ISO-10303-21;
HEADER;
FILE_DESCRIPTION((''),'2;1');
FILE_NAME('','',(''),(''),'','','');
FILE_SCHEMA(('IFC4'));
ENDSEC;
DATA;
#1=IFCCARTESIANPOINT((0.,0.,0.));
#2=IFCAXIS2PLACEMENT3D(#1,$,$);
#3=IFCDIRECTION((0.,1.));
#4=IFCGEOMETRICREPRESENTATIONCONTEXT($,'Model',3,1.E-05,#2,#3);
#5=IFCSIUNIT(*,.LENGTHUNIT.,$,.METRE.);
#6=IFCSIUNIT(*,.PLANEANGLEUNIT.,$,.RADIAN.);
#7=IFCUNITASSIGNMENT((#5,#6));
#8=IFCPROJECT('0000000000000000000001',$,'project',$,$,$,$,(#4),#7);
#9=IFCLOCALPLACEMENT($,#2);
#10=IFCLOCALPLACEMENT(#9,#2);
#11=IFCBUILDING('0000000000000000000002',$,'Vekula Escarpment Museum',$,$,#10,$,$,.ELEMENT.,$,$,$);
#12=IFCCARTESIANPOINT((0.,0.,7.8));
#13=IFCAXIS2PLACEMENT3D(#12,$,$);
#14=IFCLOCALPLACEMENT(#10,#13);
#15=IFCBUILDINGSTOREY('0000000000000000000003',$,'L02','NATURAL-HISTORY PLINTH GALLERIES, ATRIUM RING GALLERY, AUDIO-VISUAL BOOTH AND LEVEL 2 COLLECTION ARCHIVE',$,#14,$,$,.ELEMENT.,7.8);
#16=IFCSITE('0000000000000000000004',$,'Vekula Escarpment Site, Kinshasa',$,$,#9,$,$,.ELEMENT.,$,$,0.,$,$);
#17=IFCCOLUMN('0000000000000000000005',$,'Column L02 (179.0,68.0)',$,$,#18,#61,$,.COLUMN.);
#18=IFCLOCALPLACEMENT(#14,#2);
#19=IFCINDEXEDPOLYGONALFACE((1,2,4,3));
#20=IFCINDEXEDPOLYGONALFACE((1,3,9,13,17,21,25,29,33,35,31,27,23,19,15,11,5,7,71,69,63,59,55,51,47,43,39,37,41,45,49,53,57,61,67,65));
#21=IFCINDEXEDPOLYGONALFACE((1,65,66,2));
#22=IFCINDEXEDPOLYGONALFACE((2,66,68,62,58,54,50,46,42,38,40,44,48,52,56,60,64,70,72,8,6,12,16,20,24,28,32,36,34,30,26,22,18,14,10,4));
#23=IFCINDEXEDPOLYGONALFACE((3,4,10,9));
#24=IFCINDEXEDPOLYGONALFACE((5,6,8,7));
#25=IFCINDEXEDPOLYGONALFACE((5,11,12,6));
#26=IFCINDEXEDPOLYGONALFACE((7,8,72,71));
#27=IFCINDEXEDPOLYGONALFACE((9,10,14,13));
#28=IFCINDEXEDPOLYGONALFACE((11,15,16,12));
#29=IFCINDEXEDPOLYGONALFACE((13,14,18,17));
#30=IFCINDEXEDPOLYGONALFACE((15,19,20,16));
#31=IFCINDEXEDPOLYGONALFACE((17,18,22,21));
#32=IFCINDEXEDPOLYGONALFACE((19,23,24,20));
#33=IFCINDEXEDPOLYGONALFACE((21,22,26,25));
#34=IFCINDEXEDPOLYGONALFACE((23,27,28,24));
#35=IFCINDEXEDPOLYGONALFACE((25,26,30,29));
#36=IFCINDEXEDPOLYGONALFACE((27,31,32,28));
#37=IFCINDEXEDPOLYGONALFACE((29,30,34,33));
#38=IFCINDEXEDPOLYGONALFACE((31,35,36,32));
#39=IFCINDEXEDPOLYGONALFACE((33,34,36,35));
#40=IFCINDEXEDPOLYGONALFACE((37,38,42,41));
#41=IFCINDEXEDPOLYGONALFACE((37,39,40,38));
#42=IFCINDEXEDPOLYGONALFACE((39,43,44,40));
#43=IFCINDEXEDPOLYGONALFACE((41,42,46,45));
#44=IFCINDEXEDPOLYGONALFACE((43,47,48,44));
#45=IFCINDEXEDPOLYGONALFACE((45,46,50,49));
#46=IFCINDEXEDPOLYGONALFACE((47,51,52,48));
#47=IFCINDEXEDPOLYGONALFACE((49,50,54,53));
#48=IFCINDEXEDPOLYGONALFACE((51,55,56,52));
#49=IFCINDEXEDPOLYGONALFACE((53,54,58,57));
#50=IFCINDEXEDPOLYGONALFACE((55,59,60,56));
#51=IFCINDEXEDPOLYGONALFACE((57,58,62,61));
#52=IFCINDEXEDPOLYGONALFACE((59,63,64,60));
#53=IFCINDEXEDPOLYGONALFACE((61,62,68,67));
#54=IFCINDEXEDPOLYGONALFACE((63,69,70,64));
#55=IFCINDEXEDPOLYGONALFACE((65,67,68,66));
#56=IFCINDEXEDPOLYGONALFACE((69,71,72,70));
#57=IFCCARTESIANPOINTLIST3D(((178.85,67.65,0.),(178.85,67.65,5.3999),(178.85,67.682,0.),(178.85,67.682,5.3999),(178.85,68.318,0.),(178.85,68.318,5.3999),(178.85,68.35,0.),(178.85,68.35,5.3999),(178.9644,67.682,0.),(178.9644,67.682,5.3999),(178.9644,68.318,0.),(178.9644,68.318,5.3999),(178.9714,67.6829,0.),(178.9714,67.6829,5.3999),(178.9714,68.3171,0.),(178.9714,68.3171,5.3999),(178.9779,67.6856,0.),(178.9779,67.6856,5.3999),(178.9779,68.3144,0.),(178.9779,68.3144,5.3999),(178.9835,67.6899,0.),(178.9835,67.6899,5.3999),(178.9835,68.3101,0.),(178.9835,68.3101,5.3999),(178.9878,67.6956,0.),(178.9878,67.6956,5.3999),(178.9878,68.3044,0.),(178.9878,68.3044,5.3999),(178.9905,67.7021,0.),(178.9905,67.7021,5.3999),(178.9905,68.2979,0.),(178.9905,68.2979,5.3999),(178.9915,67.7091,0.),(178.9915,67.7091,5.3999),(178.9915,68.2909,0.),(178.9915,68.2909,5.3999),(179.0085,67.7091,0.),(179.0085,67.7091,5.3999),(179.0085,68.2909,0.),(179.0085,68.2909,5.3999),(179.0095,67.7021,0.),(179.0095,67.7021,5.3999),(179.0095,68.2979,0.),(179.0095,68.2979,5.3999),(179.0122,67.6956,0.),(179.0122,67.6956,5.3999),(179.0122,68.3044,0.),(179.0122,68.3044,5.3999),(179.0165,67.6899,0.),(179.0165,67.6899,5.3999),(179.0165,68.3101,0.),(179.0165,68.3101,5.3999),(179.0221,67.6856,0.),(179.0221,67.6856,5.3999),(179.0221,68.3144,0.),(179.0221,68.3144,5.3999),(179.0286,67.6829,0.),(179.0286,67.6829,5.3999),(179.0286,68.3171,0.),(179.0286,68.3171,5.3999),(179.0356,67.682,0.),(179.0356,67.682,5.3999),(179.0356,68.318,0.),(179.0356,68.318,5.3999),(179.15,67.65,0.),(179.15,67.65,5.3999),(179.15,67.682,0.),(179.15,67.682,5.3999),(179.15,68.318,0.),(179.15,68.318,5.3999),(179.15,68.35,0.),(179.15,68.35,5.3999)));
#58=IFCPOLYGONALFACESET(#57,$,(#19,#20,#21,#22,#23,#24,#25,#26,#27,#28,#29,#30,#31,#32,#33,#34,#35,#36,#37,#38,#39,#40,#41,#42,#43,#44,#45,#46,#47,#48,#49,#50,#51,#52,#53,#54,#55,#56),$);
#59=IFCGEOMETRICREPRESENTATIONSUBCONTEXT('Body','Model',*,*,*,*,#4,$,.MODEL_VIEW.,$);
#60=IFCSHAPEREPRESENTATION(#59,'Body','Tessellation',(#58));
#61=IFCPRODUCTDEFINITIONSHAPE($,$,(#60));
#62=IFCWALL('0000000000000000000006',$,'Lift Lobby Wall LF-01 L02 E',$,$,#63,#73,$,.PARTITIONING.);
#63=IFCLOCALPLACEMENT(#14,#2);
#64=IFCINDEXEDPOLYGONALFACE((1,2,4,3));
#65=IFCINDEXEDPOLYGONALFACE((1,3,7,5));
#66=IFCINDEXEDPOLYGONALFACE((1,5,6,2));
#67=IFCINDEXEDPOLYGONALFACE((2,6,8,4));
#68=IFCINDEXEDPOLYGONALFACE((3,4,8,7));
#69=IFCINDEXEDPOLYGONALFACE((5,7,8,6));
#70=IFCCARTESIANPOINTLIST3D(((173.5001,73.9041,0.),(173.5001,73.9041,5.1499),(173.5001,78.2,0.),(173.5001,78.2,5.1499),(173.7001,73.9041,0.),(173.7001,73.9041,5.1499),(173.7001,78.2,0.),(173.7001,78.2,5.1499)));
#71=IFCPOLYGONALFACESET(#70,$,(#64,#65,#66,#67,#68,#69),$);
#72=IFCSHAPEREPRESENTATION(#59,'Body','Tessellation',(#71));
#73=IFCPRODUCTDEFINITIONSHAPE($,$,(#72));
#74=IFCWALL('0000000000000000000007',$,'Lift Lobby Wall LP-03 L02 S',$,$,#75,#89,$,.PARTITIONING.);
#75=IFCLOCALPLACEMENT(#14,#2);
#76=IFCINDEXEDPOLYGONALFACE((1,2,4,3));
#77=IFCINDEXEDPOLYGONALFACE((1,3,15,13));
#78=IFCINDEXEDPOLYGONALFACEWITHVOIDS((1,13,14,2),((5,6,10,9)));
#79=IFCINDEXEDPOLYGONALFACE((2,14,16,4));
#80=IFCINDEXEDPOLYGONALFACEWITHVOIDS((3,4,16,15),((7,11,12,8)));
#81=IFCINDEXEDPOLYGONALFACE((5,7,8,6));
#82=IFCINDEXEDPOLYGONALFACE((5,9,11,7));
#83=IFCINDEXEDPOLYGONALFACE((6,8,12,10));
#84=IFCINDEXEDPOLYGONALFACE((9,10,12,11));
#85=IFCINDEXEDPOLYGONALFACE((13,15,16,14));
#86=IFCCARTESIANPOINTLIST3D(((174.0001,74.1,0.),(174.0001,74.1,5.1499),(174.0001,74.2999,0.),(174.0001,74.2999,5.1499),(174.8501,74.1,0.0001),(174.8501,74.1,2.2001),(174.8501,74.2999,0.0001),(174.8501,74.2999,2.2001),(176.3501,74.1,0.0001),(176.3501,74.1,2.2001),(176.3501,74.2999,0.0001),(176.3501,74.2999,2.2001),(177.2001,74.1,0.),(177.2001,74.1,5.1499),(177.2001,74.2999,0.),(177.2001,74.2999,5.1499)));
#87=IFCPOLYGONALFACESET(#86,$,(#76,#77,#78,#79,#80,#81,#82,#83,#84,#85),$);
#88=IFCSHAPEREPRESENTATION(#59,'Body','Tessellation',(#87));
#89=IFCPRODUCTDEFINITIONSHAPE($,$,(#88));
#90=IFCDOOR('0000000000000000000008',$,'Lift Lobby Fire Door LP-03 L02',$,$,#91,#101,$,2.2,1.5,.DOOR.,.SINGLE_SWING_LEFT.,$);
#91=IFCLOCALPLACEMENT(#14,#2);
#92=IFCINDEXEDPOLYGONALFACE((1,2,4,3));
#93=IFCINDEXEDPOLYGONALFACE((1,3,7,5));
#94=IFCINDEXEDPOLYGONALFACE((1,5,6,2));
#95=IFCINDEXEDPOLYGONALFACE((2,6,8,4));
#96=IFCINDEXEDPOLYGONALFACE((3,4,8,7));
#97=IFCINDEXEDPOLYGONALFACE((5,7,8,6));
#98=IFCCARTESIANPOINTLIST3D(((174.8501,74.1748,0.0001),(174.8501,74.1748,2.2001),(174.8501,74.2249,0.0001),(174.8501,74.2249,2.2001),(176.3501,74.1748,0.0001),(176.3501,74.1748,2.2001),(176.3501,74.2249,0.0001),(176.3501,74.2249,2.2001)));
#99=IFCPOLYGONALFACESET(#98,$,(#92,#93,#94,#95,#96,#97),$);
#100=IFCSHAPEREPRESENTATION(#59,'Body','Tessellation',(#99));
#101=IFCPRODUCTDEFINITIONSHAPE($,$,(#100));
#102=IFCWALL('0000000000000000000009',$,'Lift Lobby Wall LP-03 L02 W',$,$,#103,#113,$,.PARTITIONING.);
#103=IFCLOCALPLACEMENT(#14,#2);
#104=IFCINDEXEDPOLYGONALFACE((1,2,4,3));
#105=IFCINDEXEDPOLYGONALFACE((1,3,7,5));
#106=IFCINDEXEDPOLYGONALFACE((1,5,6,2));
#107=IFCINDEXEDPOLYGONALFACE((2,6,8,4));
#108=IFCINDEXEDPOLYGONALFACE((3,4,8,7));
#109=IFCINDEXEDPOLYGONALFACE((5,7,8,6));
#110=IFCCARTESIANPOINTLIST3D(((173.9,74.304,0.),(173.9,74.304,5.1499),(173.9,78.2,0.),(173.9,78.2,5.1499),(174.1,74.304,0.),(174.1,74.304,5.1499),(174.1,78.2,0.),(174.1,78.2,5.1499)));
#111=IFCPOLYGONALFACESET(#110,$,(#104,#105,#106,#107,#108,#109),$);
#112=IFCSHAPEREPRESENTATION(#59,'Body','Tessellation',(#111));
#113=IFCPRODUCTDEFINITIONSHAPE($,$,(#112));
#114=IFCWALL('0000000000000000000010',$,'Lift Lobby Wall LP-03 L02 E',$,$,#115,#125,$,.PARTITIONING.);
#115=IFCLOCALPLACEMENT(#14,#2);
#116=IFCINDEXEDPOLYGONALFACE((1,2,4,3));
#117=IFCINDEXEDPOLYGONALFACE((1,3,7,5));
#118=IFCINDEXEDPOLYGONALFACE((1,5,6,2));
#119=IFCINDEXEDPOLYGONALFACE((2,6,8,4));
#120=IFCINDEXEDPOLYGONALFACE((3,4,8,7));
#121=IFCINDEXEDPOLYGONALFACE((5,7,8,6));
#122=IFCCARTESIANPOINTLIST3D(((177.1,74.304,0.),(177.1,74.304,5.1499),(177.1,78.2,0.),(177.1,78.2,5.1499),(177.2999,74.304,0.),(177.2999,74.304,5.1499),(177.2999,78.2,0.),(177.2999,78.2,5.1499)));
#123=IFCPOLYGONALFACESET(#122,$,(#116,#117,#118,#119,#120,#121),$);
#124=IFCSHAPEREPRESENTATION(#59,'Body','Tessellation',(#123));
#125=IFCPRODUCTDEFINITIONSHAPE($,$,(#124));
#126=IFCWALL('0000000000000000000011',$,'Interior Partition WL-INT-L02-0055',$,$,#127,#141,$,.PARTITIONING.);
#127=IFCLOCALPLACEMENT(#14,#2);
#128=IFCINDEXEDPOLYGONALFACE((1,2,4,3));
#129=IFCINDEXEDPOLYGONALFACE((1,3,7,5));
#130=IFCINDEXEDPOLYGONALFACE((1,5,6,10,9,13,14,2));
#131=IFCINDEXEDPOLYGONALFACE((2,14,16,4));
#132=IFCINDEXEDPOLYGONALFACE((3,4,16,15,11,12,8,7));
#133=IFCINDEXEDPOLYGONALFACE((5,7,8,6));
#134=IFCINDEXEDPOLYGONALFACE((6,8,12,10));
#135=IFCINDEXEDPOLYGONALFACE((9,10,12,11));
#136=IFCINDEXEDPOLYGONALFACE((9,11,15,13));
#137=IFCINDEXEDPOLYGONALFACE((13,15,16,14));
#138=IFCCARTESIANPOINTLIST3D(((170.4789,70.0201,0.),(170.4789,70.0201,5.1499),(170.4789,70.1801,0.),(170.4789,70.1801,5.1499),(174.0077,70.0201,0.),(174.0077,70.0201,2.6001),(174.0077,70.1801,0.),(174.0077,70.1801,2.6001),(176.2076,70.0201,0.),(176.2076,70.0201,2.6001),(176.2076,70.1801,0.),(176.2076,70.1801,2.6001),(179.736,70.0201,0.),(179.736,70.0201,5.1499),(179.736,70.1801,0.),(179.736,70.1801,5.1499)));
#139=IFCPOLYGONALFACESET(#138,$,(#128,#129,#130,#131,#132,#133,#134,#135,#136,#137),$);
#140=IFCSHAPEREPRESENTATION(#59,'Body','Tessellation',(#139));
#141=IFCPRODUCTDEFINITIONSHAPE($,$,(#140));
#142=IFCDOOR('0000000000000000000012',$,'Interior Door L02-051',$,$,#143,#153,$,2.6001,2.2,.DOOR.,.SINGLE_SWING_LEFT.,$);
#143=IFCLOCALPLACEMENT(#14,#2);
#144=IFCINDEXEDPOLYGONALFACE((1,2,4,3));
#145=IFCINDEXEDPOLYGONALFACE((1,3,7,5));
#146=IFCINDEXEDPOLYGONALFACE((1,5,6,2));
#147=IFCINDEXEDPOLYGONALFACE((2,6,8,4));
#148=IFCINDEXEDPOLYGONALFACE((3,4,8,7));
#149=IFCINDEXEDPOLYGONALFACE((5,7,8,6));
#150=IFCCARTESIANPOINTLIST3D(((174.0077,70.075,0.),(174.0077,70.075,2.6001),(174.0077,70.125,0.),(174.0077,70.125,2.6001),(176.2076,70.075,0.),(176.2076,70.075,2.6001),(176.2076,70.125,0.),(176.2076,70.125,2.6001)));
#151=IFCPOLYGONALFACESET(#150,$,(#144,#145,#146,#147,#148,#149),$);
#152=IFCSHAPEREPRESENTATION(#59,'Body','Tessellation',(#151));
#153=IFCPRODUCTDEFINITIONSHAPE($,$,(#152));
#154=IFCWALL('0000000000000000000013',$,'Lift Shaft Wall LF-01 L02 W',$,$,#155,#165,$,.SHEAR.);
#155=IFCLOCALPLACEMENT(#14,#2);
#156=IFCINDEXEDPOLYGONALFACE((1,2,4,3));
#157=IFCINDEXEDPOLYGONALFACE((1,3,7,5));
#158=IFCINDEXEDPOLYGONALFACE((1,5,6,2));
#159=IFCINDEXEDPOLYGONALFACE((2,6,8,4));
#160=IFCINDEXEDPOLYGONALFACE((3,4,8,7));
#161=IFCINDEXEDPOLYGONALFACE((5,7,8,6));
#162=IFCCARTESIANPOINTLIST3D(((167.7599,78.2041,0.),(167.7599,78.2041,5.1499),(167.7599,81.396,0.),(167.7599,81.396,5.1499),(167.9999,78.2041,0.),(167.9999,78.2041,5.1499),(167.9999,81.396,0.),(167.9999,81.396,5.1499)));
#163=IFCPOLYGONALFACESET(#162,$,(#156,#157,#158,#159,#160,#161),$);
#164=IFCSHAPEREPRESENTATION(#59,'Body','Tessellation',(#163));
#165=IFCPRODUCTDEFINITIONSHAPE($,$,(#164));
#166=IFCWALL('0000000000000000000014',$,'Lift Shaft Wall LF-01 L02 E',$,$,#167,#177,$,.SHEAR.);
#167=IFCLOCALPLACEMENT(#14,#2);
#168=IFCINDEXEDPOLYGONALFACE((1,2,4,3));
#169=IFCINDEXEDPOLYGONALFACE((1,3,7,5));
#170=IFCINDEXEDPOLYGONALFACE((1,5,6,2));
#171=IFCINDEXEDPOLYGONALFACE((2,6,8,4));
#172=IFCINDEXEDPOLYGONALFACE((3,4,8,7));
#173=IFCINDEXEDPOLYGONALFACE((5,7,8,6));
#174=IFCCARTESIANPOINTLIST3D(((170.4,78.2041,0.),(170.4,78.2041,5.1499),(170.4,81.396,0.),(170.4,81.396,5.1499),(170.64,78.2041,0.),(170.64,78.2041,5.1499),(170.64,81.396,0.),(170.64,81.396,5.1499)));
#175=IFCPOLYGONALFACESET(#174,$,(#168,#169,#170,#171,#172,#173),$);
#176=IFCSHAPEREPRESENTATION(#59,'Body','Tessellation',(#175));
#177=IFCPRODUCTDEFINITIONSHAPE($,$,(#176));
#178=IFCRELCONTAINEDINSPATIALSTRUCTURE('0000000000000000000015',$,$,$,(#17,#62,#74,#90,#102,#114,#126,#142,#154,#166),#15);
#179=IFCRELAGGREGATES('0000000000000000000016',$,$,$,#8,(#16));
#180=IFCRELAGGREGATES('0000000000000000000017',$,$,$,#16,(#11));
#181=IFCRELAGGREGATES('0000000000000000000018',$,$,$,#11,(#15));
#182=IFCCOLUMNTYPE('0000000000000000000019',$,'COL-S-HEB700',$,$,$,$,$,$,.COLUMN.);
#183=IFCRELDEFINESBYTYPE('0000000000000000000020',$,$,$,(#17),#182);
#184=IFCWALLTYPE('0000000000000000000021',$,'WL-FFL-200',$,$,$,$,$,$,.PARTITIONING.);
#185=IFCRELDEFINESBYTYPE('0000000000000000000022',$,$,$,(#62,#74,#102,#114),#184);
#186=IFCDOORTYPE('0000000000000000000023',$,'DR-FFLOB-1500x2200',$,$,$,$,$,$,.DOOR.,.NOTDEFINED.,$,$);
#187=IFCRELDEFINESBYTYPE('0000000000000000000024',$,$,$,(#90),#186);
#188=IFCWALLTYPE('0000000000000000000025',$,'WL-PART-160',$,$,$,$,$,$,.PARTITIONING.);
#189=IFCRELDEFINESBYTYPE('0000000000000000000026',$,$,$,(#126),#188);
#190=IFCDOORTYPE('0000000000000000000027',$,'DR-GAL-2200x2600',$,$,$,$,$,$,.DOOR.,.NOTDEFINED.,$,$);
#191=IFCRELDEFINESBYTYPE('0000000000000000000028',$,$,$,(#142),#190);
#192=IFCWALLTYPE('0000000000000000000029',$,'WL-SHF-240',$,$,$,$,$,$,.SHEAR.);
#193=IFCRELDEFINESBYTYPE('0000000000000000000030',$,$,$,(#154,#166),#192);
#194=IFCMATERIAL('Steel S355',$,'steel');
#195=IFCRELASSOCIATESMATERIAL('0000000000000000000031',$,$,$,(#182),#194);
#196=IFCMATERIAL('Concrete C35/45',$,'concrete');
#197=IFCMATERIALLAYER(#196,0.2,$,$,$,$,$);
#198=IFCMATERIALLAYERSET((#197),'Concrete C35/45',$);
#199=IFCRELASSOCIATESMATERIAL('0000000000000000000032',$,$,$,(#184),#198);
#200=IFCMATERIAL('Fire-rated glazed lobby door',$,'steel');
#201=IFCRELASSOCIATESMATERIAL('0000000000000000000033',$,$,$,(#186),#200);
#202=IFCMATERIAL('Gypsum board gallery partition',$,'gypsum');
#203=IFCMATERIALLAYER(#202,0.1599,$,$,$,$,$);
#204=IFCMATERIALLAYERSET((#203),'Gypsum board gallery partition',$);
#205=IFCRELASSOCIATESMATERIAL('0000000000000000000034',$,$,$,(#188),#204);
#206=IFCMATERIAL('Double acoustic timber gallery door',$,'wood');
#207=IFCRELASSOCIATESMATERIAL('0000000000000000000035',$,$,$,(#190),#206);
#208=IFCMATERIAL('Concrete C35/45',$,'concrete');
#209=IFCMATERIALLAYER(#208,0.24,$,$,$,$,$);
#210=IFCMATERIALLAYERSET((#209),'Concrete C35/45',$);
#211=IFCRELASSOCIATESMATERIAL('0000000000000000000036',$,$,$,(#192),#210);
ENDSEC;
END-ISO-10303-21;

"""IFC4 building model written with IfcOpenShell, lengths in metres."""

from ifc_helpers import new_model, si_unit, direction, frame, frame_2d, origin, origin_2d, place, context, subcontext, project, spatial, rectangle, i_section, extrude, material, layer, layer_set, material_profile, profile_set, type_object, element, fill, save


model = new_model("IFC4")

# Units and contexts
model_context = context("Model", 3, precision=1e-05, world=origin(), true_north=direction((0.0, 1.0)))
body_context = subcontext(model_context, "Body", "Model", "MODEL_VIEW")
ifc_project = project(units=[si_unit("LENGTHUNIT", "METRE"), si_unit("PLANEANGLEUNIT", "RADIAN")], contexts=[model_context])

# Site, building, storey
site_placement = place(None, origin())
site = spatial("IfcSite", under=ifc_project, at=site_placement, Name="Vekula Escarpment Site, Kinshasa", CompositionType="ELEMENT", RefElevation=0.0)
building_placement = place(site_placement, origin())
building = spatial("IfcBuilding", under=site, at=building_placement, Name="Vekula Escarpment Museum", CompositionType="ELEMENT")
storey_placement = place(building_placement, frame((0.0, 0.0, 7.8)))
storey = spatial("IfcBuildingStorey", under=building, at=storey_placement, Name="L02", Description="NATURAL-HISTORY PLINTH GALLERIES, ATRIUM RING GALLERY, AUDIO-VISUAL BOOTH AND LEVEL 2 COLLECTION ARCHIVE", CompositionType="ELEMENT", Elevation=7.8)

# Column
ifc_material_1 = material(Name="Steel S355", Category="steel")
ifc_material_profile = material_profile(ifc_material_1, i_section(OverallWidth=0.3, OverallDepth=0.7, WebThickness=0.0171, FlangeThickness=0.032, FilletRadius=0.0271, at=origin_2d()), Name="HEB 700")
ifc_profile_set = profile_set([ifc_material_profile], Name="Steel S355")
column_type = type_object("IfcColumnType", Name="COL-S-HEB700", PredefinedType="COLUMN", material=ifc_profile_set)
column_placement = place(storey_placement, frame((179.0, 68.0, 0.0), z_axis=(0.0, 0.0, 1.0), x_axis=(1.0, 0.0, 0.0)))
element("IfcColumn", 1, at=column_placement, inside=storey, type_object=column_type, Name="Column L02 (179.0,68.0)", PredefinedType="COLUMN", context=body_context, shape_type="SweptSolid", body=[
    extrude(i_section(OverallWidth=0.3, OverallDepth=0.7, WebThickness=0.0171, FlangeThickness=0.032, FilletRadius=0.0271, at=origin_2d()), origin(), (0.0, 0.0, 1.0), 5.3999),
])

# Wall
ifc_material_2 = material(Name="Concrete C35/45", Category="concrete")
ifc_layer_1 = layer(ifc_material_2, 0.2)
ifc_layer_set_1 = layer_set([ifc_layer_1], Name="Concrete C35/45")
wall_type_1 = type_object("IfcWallType", Name="WL-FFL-200", PredefinedType="PARTITIONING", material=ifc_layer_set_1)
wall_1_placement = place(storey_placement, frame((173.6001, 73.9041, 0.0), z_axis=(0.0, 0.0, 1.0), x_axis=(0.0, 1.0, 0.0)))
element("IfcWall", 2, at=wall_1_placement, inside=storey, type_object=wall_type_1, Name="Lift Lobby Wall LF-01 L02 E", PredefinedType="PARTITIONING", context=body_context, shape_type="SweptSolid", body=[
    extrude(rectangle(XDim=4.2959, YDim=0.2, at=frame_2d((2.1479, 0.0))), origin(), (0.0, 0.0, 1.0), 5.1499),
])

# Wall, opening, door
wall_2_placement = place(storey_placement, frame((174.0, 74.2, 0.0), z_axis=(0.0, 0.0, 1.0), x_axis=(1.0, 0.0, 0.0)))
wall_2 = element("IfcWall", 3, at=wall_2_placement, inside=storey, type_object=wall_type_1, Name="Lift Lobby Wall LP-03 L02 S", PredefinedType="PARTITIONING", context=body_context, shape_type="SweptSolid", body=[
    extrude(rectangle(XDim=3.2, YDim=0.2, at=frame_2d((1.6001, 0.0))), origin(), (0.0, 0.0, 1.0), 5.1499),
])
opening_1_placement = place(wall_2_placement, frame((0.8501, 0.0, 0.0)))
opening_1 = element("IfcOpeningElement", 4, at=opening_1_placement, cuts=wall_2, PredefinedType="OPENING", context=body_context, shape_type="SweptSolid", body=[
    extrude(rectangle(XDim=1.5, YDim=2.2, at=frame_2d((0.75, 1.1001))), frame((0.0, 0.1099, 0.0), z_axis=(0.0, -1.0, 0.0), x_axis=(1.0, 0.0, 0.0)), (0.0, 0.0, 1.0), 0.22),
])
ifc_material_3 = material(Name="Fire-rated glazed lobby door", Category="steel")
door_type_1 = type_object("IfcDoorType", Name="DR-FFLOB-1500x2200", OperationType="NOTDEFINED", PredefinedType="DOOR", material=ifc_material_3)
door_1_placement = place(opening_1_placement, origin())
door_1 = element("IfcDoor", 5, at=door_1_placement, inside=storey, type_object=door_type_1, Name="Lift Lobby Fire Door LP-03 L02", OperationType="SINGLE_SWING_LEFT", OverallHeight=2.2, OverallWidth=1.5, PredefinedType="DOOR", context=body_context, shape_type="SweptSolid", body=[
    extrude(rectangle(XDim=1.5, YDim=2.2, at=frame_2d((0.75, 1.1001))), frame((0.0, 0.0249, 0.0), z_axis=(0.0, -1.0, 0.0), x_axis=(1.0, 0.0, 0.0)), (0.0, 0.0, 1.0), 0.05),
])
fill(opening_1, door_1)

# Walls
for number, where, z_axis, x_axis, name in (
    (6, (174.0, 74.304, 0.0), (0.0, 0.0, 1.0), (0.0, 1.0, 0.0), "Lift Lobby Wall LP-03 L02 W"),
    (7, (177.2, 74.304, 0.0), (0.0, 0.0, 1.0), (0.0, 1.0, 0.0), "Lift Lobby Wall LP-03 L02 E"),
):
    element("IfcWall", number, at=place(storey_placement, frame(where, z_axis=z_axis, x_axis=x_axis)), inside=storey, type_object=wall_type_1, Name=name, PredefinedType="PARTITIONING", context=body_context, shape_type="SweptSolid", body=[
        extrude(rectangle(XDim=3.896, YDim=0.2, at=frame_2d((1.948, 0.0))), origin(), (0.0, 0.0, 1.0), 5.1499),
    ])

# Wall, opening, door
ifc_material_4 = material(Name="Gypsum board gallery partition", Category="gypsum")
ifc_layer_2 = layer(ifc_material_4, 0.1599)
ifc_layer_set_2 = layer_set([ifc_layer_2], Name="Gypsum board gallery partition")
wall_type_2 = type_object("IfcWallType", Name="WL-PART-160", PredefinedType="PARTITIONING", material=ifc_layer_set_2)
wall_3_placement = place(storey_placement, frame((170.479, 70.1001, 0.0), z_axis=(0.0, 0.0, 1.0), x_axis=(1.0, 0.0, 0.0)))
wall_3 = element("IfcWall", 8, at=wall_3_placement, inside=storey, type_object=wall_type_2, Name="Interior Partition WL-INT-L02-0055", PredefinedType="PARTITIONING", context=body_context, shape_type="SweptSolid", body=[
    extrude(rectangle(XDim=9.2571, YDim=0.1599, at=frame_2d((4.6284, 0.0))), origin(), (0.0, 0.0, 1.0), 5.1499),
])
opening_2_placement = place(wall_3_placement, frame((3.5286, 0.0, 0.0)))
opening_2 = element("IfcOpeningElement", 9, at=opening_2_placement, cuts=wall_3, PredefinedType="OPENING", context=body_context, shape_type="SweptSolid", body=[
    extrude(rectangle(XDim=2.2, YDim=2.6001, at=frame_2d((1.1001, 1.3))), frame((0.0, 0.0898, 0.0), z_axis=(0.0, -1.0, 0.0), x_axis=(1.0, 0.0, 0.0)), (0.0, 0.0, 1.0), 0.1799),
])
ifc_material_5 = material(Name="Double acoustic timber gallery door", Category="wood")
door_type_2 = type_object("IfcDoorType", Name="DR-GAL-2200x2600", OperationType="NOTDEFINED", PredefinedType="DOOR", material=ifc_material_5)
door_2_placement = place(opening_2_placement, origin())
door_2 = element("IfcDoor", 10, at=door_2_placement, inside=storey, type_object=door_type_2, Name="Interior Door L02-051", OperationType="SINGLE_SWING_LEFT", OverallHeight=2.6001, OverallWidth=2.2, PredefinedType="DOOR", context=body_context, shape_type="SweptSolid", body=[
    extrude(rectangle(XDim=2.2, YDim=2.6001, at=frame_2d((1.1001, 1.3))), frame((0.0, 0.0249, 0.0), z_axis=(0.0, -1.0, 0.0), x_axis=(1.0, 0.0, 0.0)), (0.0, 0.0, 1.0), 0.05),
])
fill(opening_2, door_2)

# Walls
ifc_material_6 = material(Name="Concrete C35/45", Category="concrete")
ifc_layer_3 = layer(ifc_material_6, 0.24)
ifc_layer_set_3 = layer_set([ifc_layer_3], Name="Concrete C35/45")
wall_type_3 = type_object("IfcWallType", Name="WL-SHF-240", PredefinedType="SHEAR", material=ifc_layer_set_3)
for number, where, z_axis, x_axis, name in (
    (11, (167.8799, 78.2041, 0.0), (0.0, 0.0, 1.0), (0.0, 1.0, 0.0), "Lift Shaft Wall LF-01 L02 W"),
    (12, (170.52, 78.2041, 0.0), (0.0, 0.0, 1.0), (0.0, 1.0, 0.0), "Lift Shaft Wall LF-01 L02 E"),
):
    element("IfcWall", number, at=place(storey_placement, frame(where, z_axis=z_axis, x_axis=x_axis)), inside=storey, type_object=wall_type_3, Name=name, PredefinedType="SHEAR", context=body_context, shape_type="SweptSolid", body=[
        extrude(rectangle(XDim=3.1919, YDim=0.24, at=frame_2d((1.5959, 0.0))), origin(), (0.0, 0.0, 1.0), 5.1499),
    ])

save(model, "model.ifc")
